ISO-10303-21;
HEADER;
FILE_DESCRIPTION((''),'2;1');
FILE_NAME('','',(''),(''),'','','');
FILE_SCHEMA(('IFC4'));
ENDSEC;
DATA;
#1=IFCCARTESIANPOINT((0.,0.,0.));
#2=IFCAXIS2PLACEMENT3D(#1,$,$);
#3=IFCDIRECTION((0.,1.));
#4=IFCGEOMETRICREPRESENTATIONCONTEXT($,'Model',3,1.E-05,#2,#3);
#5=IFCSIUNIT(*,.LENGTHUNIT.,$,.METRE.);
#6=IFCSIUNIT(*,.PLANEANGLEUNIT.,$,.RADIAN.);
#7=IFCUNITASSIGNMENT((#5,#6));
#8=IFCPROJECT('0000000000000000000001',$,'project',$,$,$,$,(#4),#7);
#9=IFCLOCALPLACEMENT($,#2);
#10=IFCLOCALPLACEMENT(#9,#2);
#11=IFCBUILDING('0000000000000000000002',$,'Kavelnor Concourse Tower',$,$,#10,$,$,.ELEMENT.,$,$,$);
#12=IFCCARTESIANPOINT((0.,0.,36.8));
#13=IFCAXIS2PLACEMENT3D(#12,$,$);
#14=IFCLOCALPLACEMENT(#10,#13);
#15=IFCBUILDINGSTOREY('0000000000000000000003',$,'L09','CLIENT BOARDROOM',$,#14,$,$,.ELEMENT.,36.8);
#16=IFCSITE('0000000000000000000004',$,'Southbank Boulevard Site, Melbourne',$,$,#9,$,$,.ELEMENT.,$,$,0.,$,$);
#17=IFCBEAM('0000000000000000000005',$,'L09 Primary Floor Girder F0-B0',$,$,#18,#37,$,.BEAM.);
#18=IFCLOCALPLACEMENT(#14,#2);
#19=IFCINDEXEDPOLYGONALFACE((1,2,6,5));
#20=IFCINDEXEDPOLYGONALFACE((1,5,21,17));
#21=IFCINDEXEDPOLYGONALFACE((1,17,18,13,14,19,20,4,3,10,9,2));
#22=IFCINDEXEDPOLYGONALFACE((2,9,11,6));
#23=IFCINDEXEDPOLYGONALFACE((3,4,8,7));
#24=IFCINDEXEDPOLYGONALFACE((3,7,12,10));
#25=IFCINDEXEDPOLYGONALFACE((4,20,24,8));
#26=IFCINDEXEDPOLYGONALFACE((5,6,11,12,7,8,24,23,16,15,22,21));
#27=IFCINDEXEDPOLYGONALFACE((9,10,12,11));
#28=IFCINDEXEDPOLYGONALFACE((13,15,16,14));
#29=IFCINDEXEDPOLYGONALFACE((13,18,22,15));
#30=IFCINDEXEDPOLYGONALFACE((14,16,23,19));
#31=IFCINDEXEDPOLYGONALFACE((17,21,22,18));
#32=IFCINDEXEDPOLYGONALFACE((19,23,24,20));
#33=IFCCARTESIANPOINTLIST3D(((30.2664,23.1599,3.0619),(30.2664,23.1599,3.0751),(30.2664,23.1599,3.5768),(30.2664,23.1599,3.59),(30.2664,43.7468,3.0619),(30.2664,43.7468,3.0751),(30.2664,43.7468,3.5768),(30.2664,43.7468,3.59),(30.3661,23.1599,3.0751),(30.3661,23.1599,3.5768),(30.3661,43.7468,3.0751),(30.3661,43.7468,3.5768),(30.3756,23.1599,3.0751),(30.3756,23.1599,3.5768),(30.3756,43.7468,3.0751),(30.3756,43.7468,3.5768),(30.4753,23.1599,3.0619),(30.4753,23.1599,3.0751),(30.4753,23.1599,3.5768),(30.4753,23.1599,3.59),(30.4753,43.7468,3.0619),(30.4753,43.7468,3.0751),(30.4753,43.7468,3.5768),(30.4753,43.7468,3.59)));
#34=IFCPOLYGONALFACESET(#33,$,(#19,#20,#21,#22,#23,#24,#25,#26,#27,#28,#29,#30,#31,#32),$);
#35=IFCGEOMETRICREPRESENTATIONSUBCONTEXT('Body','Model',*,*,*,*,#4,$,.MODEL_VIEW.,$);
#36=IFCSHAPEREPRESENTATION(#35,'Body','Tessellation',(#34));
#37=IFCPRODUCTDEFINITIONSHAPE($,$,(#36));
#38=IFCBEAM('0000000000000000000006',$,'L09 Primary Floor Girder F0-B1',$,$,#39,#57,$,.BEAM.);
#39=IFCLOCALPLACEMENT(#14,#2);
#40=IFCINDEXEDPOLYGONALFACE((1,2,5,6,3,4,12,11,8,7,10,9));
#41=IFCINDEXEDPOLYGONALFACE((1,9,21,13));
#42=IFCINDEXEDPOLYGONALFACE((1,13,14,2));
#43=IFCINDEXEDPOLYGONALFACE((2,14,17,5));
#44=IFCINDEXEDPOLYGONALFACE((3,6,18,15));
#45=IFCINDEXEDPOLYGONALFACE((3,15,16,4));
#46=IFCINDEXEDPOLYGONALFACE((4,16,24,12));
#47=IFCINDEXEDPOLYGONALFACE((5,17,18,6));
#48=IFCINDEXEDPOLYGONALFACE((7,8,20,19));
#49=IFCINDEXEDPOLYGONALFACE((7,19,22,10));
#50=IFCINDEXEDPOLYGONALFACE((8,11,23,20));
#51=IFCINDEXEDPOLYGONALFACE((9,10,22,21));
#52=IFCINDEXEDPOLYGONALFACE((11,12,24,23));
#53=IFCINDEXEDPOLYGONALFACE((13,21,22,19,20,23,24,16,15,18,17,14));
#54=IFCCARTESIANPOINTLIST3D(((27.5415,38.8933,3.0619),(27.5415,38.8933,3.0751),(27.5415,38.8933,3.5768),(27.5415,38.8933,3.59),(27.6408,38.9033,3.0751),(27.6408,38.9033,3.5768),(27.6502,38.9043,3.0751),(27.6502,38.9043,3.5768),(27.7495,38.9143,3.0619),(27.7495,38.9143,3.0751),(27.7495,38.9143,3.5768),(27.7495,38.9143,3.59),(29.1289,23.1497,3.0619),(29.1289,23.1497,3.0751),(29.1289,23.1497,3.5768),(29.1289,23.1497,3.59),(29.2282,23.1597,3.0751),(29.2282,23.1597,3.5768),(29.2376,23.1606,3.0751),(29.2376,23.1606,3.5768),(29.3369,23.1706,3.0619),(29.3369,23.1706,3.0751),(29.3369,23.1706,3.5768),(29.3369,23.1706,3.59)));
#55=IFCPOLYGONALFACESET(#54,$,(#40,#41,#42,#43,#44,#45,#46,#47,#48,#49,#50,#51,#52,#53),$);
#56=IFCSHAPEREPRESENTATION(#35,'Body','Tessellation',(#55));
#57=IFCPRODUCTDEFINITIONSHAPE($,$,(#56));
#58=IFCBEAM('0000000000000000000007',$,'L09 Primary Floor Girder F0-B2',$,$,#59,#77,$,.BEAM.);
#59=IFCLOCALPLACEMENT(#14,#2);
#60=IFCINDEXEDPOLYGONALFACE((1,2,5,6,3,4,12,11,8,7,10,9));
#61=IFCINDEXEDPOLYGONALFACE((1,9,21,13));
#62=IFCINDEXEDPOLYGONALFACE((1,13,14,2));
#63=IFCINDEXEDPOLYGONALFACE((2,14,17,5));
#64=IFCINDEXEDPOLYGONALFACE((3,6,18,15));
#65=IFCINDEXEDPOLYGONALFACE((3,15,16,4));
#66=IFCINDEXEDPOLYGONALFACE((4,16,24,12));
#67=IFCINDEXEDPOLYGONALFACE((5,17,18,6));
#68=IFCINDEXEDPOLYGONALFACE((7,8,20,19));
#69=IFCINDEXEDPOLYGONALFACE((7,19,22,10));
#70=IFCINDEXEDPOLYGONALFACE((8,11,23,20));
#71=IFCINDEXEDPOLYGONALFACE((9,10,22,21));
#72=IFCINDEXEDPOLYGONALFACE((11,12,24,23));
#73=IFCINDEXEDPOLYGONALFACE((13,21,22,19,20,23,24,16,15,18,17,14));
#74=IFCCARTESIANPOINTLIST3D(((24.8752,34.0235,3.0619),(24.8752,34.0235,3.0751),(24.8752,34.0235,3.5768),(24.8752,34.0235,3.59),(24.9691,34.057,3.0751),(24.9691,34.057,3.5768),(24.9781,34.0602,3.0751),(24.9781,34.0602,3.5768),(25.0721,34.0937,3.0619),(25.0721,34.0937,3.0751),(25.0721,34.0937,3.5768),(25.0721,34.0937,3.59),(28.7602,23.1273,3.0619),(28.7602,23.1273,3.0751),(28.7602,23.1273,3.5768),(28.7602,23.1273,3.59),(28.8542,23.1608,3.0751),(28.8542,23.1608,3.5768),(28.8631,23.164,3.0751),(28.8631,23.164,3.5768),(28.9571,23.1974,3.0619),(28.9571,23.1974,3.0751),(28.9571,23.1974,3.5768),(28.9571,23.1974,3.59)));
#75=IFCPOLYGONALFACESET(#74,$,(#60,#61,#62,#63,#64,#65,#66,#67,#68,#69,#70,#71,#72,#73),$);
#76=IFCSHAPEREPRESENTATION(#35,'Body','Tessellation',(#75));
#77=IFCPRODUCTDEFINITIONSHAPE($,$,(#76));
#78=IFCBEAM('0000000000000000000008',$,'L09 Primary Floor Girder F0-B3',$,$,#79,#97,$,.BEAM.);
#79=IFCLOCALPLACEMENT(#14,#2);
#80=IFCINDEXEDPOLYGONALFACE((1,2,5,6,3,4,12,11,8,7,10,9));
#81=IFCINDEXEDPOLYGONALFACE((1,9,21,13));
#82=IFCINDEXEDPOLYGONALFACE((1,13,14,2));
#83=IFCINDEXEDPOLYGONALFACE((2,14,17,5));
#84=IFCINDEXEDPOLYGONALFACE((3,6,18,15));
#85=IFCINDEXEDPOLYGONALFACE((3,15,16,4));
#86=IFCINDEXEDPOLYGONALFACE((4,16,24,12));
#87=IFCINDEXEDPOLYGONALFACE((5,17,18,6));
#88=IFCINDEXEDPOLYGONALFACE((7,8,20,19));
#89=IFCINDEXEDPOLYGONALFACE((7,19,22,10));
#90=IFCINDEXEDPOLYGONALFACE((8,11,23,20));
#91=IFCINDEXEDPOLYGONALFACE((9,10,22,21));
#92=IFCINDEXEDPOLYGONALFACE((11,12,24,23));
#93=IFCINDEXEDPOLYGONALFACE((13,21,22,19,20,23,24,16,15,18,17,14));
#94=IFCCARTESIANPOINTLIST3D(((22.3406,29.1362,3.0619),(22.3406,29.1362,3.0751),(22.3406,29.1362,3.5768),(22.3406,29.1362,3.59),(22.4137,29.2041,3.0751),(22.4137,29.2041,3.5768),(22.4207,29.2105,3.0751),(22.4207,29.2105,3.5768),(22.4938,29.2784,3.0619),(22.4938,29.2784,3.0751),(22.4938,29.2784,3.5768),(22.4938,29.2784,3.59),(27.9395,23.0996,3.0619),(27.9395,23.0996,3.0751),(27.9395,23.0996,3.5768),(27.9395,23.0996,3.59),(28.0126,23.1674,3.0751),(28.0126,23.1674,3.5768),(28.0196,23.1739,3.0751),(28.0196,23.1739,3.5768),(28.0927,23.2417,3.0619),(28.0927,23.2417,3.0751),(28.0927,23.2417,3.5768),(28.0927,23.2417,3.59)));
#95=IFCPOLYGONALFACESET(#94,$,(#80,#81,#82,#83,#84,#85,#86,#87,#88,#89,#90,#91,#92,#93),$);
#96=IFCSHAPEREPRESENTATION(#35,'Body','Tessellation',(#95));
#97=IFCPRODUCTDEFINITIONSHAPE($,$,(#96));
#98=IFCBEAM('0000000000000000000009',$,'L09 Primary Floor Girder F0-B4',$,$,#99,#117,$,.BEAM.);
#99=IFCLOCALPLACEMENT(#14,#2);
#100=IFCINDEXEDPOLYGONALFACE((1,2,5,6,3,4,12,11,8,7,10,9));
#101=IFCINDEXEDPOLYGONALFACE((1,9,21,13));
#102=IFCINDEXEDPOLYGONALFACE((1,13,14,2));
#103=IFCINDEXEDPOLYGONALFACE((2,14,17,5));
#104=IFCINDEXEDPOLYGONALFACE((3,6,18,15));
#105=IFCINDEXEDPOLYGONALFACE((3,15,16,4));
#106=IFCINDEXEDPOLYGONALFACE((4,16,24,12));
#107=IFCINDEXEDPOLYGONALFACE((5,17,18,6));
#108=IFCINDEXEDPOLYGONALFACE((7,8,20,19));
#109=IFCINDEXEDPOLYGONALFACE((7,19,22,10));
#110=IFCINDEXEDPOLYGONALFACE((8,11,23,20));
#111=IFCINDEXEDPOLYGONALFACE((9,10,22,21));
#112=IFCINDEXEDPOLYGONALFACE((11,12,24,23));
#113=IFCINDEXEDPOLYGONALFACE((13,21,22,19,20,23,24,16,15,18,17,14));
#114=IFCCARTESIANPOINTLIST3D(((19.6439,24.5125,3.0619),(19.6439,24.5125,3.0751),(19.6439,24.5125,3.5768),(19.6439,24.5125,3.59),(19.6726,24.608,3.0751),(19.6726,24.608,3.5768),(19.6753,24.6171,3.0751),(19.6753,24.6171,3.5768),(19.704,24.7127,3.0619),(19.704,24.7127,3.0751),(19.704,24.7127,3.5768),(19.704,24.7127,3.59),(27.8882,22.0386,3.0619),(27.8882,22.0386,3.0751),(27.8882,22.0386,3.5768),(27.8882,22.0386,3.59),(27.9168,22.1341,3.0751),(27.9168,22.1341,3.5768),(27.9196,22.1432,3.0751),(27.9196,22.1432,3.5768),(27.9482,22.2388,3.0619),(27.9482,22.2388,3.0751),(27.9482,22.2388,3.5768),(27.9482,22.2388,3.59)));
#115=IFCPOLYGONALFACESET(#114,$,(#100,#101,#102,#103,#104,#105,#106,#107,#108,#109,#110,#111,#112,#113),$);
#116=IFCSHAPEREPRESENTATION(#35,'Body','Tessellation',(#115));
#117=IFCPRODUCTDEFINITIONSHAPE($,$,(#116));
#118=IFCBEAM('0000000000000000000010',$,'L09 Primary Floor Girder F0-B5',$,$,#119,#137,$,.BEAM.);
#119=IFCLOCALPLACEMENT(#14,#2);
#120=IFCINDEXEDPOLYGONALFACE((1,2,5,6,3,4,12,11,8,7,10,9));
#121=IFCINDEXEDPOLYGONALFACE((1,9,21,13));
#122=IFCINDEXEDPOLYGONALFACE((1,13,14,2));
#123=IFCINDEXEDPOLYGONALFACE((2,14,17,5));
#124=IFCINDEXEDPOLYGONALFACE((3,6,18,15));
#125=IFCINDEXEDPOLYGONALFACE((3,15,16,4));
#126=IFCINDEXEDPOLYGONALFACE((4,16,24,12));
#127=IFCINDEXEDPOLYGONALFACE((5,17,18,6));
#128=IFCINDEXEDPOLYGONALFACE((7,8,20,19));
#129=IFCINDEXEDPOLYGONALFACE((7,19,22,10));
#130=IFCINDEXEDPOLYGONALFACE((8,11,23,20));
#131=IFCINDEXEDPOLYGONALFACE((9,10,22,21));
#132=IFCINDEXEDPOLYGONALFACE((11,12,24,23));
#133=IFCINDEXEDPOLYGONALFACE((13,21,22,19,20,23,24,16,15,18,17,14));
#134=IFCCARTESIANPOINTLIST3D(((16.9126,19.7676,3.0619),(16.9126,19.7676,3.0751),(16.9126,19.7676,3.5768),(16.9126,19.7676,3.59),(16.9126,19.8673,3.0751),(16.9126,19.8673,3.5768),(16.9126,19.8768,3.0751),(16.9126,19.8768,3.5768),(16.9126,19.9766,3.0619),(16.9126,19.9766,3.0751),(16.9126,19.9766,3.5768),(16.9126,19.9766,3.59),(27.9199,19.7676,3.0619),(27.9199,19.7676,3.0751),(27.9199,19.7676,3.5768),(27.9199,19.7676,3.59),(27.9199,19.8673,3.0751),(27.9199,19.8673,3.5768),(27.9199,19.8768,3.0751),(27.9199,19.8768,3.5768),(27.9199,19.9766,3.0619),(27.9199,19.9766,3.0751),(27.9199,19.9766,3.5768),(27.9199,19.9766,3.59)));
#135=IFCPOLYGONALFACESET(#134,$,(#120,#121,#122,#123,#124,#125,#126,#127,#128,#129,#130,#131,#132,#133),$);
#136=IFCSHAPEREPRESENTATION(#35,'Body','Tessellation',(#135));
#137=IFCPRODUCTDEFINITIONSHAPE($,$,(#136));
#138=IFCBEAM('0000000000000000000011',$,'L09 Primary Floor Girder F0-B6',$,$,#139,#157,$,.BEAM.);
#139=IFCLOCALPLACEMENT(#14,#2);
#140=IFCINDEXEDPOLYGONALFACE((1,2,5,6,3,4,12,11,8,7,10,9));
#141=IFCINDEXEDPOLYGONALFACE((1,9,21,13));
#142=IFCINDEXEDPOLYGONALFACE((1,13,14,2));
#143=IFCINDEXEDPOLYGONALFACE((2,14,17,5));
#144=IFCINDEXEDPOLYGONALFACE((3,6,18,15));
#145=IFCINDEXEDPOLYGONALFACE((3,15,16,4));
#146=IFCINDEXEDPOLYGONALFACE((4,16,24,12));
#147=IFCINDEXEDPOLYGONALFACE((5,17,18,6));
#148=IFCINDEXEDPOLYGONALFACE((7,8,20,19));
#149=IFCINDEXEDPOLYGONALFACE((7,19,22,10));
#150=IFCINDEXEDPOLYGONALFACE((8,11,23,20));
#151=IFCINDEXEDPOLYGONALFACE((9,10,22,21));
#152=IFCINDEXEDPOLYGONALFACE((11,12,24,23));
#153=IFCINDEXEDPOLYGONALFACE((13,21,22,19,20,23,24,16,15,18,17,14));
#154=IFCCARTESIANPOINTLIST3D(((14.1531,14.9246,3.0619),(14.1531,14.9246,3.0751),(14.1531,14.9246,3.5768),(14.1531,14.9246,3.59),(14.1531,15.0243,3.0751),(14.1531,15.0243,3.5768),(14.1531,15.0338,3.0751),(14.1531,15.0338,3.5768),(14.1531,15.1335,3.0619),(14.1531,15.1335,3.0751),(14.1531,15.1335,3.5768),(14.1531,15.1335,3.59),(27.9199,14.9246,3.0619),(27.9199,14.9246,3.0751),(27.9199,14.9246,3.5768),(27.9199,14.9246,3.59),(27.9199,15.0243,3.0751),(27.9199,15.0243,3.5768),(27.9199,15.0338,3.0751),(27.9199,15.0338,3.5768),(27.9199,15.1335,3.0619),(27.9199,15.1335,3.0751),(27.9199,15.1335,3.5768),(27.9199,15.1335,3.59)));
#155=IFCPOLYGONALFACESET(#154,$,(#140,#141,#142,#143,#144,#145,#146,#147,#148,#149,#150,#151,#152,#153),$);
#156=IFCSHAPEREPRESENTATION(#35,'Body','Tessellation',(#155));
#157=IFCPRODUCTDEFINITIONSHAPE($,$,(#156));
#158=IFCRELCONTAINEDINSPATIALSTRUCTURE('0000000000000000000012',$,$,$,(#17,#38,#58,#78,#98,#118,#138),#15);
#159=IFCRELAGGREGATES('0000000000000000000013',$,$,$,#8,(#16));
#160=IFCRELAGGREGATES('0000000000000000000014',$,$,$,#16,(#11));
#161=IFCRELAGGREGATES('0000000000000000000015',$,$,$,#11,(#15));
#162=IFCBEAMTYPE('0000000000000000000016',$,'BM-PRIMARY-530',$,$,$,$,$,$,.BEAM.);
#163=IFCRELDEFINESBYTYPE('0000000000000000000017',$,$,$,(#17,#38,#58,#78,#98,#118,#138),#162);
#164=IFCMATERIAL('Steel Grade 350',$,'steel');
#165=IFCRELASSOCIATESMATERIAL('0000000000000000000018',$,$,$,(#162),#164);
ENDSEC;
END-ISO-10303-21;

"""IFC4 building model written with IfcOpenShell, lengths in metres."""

from ifc_helpers import new_model, si_unit, direction, frame, origin, origin_2d, place, context, subcontext, project, spatial, i_section, extrude, material, material_profile, profile_set, type_object, element, save


model = new_model("IFC4")

# Units and contexts
model_context = context("Model", 3, precision=1e-05, world=origin(), true_north=direction((0.0, 1.0)))
body_context = subcontext(model_context, "Body", "Model", "MODEL_VIEW")
ifc_project = project(units=[si_unit("LENGTHUNIT", "METRE"), si_unit("PLANEANGLEUNIT", "RADIAN")], contexts=[model_context])

# Site, building, storey
site_placement = place(None, origin())
site = spatial("IfcSite", under=ifc_project, at=site_placement, Name="Southbank Boulevard Site, Melbourne", CompositionType="ELEMENT", RefElevation=0.0)
building_placement = place(site_placement, origin())
building = spatial("IfcBuilding", under=site, at=building_placement, Name="Kavelnor Concourse Tower", CompositionType="ELEMENT")
storey_placement = place(building_placement, frame((0.0, 0.0, 36.8)))
storey = spatial("IfcBuildingStorey", under=building, at=storey_placement, Name="L09", Description="CLIENT BOARDROOM", CompositionType="ELEMENT", Elevation=36.8)

# Beams
ifc_material_1 = material(Name="Steel Grade 350", Category="steel")
ifc_material_profile = material_profile(ifc_material_1, i_section(OverallWidth=0.209, OverallDepth=0.5281, WebThickness=0.0095, FlangeThickness=0.0132, at=origin_2d()), Name="530UB82")
ifc_profile_set = profile_set([ifc_material_profile], Name="Steel Grade 350")
beam_type = type_object("IfcBeamType", Name="BM-PRIMARY-530", PredefinedType="BEAM", material=ifc_profile_set)
beam_1_placement = place(storey_placement, frame((30.3708, 23.1599, 3.3259), z_axis=(0.0, 1.0, 0.0), x_axis=(-1.0, 0.0, 0.0)))
element("IfcBeam", 1, at=beam_1_placement, inside=storey, type_object=beam_type, Name="L09 Primary Floor Girder F0-B0", PredefinedType="BEAM", context=body_context, shape_type="SweptSolid", body=[
    extrude(i_section(OverallWidth=0.209, OverallDepth=0.5281, WebThickness=0.0095, FlangeThickness=0.0132, at=origin_2d()), origin(), (0.0, 0.0, 1.0), 20.5869),
])
beam_2_placement = place(storey_placement, frame((29.2329, 23.1602, 3.3259), z_axis=(-0.100319, 0.994955, 0.0), x_axis=(-0.994955, -0.100319, 0.0)))
element("IfcBeam", 2, at=beam_2_placement, inside=storey, type_object=beam_type, Name="L09 Primary Floor Girder F0-B1", PredefinedType="BEAM", context=body_context, shape_type="SweptSolid", body=[
    extrude(i_section(OverallWidth=0.209, OverallDepth=0.5281, WebThickness=0.0095, FlangeThickness=0.0132, at=origin_2d()), origin(), (0.0, 0.0, 1.0), 15.8235),
])
beam_3_placement = place(storey_placement, frame((28.8586, 23.1624, 3.3259), z_axis=(-0.335838, 0.94192, 0.0), x_axis=(-0.94192, -0.335838, 0.0)))
element("IfcBeam", 3, at=beam_3_placement, inside=storey, type_object=beam_type, Name="L09 Primary Floor Girder F0-B2", PredefinedType="BEAM", context=body_context, shape_type="SweptSolid", body=[
    extrude(i_section(OverallWidth=0.209, OverallDepth=0.5281, WebThickness=0.0095, FlangeThickness=0.0132, at=origin_2d()), origin(), (0.0, 0.0, 1.0), 11.5681),
])
beam_4_placement = place(storey_placement, frame((28.0161, 23.1707, 3.3259), z_axis=(-0.680023, 0.73319, 0.0), x_axis=(-0.73319, -0.680023, 0.0)))
element("IfcBeam", 4, at=beam_4_placement, inside=storey, type_object=beam_type, Name="L09 Primary Floor Girder F0-B3", PredefinedType="BEAM", context=body_context, shape_type="SweptSolid", body=[
    extrude(i_section(OverallWidth=0.209, OverallDepth=0.5281, WebThickness=0.0095, FlangeThickness=0.0132, at=origin_2d()), origin(), (0.0, 0.0, 1.0), 8.2334),
])
beam_5_placement = place(storey_placement, frame((27.9182, 22.1387, 3.3259), z_axis=(-0.957806, 0.287416, 0.0), x_axis=(-0.287416, -0.957806, 0.0)))
element("IfcBeam", 5, at=beam_5_placement, inside=storey, type_object=beam_type, Name="L09 Primary Floor Girder F0-B4", PredefinedType="BEAM", context=body_context, shape_type="SweptSolid", body=[
    extrude(i_section(OverallWidth=0.209, OverallDepth=0.5281, WebThickness=0.0095, FlangeThickness=0.0132, at=origin_2d()), origin(), (0.0, 0.0, 1.0), 8.6074),
])
beam_6_placement = place(storey_placement, frame((27.9199, 19.8721, 3.3259), z_axis=(-1.0, 0.0, 0.0), x_axis=(0.0, -1.0, 0.0)))
element("IfcBeam", 6, at=beam_6_placement, inside=storey, type_object=beam_type, Name="L09 Primary Floor Girder F0-B5", PredefinedType="BEAM", context=body_context, shape_type="SweptSolid", body=[
    extrude(i_section(OverallWidth=0.209, OverallDepth=0.5281, WebThickness=0.0095, FlangeThickness=0.0132, at=origin_2d()), origin(), (0.0, 0.0, 1.0), 11.0073),
])
beam_7_placement = place(storey_placement, frame((27.9199, 15.0291, 3.3259), z_axis=(-1.0, 0.0, 0.0), x_axis=(0.0, -1.0, 0.0)))
element("IfcBeam", 7, at=beam_7_placement, inside=storey, type_object=beam_type, Name="L09 Primary Floor Girder F0-B6", PredefinedType="BEAM", context=body_context, shape_type="SweptSolid", body=[
    extrude(i_section(OverallWidth=0.209, OverallDepth=0.5281, WebThickness=0.0095, FlangeThickness=0.0132, at=origin_2d()), origin(), (0.0, 0.0, 1.0), 13.7668),
])

save(model, "model.ifc")
